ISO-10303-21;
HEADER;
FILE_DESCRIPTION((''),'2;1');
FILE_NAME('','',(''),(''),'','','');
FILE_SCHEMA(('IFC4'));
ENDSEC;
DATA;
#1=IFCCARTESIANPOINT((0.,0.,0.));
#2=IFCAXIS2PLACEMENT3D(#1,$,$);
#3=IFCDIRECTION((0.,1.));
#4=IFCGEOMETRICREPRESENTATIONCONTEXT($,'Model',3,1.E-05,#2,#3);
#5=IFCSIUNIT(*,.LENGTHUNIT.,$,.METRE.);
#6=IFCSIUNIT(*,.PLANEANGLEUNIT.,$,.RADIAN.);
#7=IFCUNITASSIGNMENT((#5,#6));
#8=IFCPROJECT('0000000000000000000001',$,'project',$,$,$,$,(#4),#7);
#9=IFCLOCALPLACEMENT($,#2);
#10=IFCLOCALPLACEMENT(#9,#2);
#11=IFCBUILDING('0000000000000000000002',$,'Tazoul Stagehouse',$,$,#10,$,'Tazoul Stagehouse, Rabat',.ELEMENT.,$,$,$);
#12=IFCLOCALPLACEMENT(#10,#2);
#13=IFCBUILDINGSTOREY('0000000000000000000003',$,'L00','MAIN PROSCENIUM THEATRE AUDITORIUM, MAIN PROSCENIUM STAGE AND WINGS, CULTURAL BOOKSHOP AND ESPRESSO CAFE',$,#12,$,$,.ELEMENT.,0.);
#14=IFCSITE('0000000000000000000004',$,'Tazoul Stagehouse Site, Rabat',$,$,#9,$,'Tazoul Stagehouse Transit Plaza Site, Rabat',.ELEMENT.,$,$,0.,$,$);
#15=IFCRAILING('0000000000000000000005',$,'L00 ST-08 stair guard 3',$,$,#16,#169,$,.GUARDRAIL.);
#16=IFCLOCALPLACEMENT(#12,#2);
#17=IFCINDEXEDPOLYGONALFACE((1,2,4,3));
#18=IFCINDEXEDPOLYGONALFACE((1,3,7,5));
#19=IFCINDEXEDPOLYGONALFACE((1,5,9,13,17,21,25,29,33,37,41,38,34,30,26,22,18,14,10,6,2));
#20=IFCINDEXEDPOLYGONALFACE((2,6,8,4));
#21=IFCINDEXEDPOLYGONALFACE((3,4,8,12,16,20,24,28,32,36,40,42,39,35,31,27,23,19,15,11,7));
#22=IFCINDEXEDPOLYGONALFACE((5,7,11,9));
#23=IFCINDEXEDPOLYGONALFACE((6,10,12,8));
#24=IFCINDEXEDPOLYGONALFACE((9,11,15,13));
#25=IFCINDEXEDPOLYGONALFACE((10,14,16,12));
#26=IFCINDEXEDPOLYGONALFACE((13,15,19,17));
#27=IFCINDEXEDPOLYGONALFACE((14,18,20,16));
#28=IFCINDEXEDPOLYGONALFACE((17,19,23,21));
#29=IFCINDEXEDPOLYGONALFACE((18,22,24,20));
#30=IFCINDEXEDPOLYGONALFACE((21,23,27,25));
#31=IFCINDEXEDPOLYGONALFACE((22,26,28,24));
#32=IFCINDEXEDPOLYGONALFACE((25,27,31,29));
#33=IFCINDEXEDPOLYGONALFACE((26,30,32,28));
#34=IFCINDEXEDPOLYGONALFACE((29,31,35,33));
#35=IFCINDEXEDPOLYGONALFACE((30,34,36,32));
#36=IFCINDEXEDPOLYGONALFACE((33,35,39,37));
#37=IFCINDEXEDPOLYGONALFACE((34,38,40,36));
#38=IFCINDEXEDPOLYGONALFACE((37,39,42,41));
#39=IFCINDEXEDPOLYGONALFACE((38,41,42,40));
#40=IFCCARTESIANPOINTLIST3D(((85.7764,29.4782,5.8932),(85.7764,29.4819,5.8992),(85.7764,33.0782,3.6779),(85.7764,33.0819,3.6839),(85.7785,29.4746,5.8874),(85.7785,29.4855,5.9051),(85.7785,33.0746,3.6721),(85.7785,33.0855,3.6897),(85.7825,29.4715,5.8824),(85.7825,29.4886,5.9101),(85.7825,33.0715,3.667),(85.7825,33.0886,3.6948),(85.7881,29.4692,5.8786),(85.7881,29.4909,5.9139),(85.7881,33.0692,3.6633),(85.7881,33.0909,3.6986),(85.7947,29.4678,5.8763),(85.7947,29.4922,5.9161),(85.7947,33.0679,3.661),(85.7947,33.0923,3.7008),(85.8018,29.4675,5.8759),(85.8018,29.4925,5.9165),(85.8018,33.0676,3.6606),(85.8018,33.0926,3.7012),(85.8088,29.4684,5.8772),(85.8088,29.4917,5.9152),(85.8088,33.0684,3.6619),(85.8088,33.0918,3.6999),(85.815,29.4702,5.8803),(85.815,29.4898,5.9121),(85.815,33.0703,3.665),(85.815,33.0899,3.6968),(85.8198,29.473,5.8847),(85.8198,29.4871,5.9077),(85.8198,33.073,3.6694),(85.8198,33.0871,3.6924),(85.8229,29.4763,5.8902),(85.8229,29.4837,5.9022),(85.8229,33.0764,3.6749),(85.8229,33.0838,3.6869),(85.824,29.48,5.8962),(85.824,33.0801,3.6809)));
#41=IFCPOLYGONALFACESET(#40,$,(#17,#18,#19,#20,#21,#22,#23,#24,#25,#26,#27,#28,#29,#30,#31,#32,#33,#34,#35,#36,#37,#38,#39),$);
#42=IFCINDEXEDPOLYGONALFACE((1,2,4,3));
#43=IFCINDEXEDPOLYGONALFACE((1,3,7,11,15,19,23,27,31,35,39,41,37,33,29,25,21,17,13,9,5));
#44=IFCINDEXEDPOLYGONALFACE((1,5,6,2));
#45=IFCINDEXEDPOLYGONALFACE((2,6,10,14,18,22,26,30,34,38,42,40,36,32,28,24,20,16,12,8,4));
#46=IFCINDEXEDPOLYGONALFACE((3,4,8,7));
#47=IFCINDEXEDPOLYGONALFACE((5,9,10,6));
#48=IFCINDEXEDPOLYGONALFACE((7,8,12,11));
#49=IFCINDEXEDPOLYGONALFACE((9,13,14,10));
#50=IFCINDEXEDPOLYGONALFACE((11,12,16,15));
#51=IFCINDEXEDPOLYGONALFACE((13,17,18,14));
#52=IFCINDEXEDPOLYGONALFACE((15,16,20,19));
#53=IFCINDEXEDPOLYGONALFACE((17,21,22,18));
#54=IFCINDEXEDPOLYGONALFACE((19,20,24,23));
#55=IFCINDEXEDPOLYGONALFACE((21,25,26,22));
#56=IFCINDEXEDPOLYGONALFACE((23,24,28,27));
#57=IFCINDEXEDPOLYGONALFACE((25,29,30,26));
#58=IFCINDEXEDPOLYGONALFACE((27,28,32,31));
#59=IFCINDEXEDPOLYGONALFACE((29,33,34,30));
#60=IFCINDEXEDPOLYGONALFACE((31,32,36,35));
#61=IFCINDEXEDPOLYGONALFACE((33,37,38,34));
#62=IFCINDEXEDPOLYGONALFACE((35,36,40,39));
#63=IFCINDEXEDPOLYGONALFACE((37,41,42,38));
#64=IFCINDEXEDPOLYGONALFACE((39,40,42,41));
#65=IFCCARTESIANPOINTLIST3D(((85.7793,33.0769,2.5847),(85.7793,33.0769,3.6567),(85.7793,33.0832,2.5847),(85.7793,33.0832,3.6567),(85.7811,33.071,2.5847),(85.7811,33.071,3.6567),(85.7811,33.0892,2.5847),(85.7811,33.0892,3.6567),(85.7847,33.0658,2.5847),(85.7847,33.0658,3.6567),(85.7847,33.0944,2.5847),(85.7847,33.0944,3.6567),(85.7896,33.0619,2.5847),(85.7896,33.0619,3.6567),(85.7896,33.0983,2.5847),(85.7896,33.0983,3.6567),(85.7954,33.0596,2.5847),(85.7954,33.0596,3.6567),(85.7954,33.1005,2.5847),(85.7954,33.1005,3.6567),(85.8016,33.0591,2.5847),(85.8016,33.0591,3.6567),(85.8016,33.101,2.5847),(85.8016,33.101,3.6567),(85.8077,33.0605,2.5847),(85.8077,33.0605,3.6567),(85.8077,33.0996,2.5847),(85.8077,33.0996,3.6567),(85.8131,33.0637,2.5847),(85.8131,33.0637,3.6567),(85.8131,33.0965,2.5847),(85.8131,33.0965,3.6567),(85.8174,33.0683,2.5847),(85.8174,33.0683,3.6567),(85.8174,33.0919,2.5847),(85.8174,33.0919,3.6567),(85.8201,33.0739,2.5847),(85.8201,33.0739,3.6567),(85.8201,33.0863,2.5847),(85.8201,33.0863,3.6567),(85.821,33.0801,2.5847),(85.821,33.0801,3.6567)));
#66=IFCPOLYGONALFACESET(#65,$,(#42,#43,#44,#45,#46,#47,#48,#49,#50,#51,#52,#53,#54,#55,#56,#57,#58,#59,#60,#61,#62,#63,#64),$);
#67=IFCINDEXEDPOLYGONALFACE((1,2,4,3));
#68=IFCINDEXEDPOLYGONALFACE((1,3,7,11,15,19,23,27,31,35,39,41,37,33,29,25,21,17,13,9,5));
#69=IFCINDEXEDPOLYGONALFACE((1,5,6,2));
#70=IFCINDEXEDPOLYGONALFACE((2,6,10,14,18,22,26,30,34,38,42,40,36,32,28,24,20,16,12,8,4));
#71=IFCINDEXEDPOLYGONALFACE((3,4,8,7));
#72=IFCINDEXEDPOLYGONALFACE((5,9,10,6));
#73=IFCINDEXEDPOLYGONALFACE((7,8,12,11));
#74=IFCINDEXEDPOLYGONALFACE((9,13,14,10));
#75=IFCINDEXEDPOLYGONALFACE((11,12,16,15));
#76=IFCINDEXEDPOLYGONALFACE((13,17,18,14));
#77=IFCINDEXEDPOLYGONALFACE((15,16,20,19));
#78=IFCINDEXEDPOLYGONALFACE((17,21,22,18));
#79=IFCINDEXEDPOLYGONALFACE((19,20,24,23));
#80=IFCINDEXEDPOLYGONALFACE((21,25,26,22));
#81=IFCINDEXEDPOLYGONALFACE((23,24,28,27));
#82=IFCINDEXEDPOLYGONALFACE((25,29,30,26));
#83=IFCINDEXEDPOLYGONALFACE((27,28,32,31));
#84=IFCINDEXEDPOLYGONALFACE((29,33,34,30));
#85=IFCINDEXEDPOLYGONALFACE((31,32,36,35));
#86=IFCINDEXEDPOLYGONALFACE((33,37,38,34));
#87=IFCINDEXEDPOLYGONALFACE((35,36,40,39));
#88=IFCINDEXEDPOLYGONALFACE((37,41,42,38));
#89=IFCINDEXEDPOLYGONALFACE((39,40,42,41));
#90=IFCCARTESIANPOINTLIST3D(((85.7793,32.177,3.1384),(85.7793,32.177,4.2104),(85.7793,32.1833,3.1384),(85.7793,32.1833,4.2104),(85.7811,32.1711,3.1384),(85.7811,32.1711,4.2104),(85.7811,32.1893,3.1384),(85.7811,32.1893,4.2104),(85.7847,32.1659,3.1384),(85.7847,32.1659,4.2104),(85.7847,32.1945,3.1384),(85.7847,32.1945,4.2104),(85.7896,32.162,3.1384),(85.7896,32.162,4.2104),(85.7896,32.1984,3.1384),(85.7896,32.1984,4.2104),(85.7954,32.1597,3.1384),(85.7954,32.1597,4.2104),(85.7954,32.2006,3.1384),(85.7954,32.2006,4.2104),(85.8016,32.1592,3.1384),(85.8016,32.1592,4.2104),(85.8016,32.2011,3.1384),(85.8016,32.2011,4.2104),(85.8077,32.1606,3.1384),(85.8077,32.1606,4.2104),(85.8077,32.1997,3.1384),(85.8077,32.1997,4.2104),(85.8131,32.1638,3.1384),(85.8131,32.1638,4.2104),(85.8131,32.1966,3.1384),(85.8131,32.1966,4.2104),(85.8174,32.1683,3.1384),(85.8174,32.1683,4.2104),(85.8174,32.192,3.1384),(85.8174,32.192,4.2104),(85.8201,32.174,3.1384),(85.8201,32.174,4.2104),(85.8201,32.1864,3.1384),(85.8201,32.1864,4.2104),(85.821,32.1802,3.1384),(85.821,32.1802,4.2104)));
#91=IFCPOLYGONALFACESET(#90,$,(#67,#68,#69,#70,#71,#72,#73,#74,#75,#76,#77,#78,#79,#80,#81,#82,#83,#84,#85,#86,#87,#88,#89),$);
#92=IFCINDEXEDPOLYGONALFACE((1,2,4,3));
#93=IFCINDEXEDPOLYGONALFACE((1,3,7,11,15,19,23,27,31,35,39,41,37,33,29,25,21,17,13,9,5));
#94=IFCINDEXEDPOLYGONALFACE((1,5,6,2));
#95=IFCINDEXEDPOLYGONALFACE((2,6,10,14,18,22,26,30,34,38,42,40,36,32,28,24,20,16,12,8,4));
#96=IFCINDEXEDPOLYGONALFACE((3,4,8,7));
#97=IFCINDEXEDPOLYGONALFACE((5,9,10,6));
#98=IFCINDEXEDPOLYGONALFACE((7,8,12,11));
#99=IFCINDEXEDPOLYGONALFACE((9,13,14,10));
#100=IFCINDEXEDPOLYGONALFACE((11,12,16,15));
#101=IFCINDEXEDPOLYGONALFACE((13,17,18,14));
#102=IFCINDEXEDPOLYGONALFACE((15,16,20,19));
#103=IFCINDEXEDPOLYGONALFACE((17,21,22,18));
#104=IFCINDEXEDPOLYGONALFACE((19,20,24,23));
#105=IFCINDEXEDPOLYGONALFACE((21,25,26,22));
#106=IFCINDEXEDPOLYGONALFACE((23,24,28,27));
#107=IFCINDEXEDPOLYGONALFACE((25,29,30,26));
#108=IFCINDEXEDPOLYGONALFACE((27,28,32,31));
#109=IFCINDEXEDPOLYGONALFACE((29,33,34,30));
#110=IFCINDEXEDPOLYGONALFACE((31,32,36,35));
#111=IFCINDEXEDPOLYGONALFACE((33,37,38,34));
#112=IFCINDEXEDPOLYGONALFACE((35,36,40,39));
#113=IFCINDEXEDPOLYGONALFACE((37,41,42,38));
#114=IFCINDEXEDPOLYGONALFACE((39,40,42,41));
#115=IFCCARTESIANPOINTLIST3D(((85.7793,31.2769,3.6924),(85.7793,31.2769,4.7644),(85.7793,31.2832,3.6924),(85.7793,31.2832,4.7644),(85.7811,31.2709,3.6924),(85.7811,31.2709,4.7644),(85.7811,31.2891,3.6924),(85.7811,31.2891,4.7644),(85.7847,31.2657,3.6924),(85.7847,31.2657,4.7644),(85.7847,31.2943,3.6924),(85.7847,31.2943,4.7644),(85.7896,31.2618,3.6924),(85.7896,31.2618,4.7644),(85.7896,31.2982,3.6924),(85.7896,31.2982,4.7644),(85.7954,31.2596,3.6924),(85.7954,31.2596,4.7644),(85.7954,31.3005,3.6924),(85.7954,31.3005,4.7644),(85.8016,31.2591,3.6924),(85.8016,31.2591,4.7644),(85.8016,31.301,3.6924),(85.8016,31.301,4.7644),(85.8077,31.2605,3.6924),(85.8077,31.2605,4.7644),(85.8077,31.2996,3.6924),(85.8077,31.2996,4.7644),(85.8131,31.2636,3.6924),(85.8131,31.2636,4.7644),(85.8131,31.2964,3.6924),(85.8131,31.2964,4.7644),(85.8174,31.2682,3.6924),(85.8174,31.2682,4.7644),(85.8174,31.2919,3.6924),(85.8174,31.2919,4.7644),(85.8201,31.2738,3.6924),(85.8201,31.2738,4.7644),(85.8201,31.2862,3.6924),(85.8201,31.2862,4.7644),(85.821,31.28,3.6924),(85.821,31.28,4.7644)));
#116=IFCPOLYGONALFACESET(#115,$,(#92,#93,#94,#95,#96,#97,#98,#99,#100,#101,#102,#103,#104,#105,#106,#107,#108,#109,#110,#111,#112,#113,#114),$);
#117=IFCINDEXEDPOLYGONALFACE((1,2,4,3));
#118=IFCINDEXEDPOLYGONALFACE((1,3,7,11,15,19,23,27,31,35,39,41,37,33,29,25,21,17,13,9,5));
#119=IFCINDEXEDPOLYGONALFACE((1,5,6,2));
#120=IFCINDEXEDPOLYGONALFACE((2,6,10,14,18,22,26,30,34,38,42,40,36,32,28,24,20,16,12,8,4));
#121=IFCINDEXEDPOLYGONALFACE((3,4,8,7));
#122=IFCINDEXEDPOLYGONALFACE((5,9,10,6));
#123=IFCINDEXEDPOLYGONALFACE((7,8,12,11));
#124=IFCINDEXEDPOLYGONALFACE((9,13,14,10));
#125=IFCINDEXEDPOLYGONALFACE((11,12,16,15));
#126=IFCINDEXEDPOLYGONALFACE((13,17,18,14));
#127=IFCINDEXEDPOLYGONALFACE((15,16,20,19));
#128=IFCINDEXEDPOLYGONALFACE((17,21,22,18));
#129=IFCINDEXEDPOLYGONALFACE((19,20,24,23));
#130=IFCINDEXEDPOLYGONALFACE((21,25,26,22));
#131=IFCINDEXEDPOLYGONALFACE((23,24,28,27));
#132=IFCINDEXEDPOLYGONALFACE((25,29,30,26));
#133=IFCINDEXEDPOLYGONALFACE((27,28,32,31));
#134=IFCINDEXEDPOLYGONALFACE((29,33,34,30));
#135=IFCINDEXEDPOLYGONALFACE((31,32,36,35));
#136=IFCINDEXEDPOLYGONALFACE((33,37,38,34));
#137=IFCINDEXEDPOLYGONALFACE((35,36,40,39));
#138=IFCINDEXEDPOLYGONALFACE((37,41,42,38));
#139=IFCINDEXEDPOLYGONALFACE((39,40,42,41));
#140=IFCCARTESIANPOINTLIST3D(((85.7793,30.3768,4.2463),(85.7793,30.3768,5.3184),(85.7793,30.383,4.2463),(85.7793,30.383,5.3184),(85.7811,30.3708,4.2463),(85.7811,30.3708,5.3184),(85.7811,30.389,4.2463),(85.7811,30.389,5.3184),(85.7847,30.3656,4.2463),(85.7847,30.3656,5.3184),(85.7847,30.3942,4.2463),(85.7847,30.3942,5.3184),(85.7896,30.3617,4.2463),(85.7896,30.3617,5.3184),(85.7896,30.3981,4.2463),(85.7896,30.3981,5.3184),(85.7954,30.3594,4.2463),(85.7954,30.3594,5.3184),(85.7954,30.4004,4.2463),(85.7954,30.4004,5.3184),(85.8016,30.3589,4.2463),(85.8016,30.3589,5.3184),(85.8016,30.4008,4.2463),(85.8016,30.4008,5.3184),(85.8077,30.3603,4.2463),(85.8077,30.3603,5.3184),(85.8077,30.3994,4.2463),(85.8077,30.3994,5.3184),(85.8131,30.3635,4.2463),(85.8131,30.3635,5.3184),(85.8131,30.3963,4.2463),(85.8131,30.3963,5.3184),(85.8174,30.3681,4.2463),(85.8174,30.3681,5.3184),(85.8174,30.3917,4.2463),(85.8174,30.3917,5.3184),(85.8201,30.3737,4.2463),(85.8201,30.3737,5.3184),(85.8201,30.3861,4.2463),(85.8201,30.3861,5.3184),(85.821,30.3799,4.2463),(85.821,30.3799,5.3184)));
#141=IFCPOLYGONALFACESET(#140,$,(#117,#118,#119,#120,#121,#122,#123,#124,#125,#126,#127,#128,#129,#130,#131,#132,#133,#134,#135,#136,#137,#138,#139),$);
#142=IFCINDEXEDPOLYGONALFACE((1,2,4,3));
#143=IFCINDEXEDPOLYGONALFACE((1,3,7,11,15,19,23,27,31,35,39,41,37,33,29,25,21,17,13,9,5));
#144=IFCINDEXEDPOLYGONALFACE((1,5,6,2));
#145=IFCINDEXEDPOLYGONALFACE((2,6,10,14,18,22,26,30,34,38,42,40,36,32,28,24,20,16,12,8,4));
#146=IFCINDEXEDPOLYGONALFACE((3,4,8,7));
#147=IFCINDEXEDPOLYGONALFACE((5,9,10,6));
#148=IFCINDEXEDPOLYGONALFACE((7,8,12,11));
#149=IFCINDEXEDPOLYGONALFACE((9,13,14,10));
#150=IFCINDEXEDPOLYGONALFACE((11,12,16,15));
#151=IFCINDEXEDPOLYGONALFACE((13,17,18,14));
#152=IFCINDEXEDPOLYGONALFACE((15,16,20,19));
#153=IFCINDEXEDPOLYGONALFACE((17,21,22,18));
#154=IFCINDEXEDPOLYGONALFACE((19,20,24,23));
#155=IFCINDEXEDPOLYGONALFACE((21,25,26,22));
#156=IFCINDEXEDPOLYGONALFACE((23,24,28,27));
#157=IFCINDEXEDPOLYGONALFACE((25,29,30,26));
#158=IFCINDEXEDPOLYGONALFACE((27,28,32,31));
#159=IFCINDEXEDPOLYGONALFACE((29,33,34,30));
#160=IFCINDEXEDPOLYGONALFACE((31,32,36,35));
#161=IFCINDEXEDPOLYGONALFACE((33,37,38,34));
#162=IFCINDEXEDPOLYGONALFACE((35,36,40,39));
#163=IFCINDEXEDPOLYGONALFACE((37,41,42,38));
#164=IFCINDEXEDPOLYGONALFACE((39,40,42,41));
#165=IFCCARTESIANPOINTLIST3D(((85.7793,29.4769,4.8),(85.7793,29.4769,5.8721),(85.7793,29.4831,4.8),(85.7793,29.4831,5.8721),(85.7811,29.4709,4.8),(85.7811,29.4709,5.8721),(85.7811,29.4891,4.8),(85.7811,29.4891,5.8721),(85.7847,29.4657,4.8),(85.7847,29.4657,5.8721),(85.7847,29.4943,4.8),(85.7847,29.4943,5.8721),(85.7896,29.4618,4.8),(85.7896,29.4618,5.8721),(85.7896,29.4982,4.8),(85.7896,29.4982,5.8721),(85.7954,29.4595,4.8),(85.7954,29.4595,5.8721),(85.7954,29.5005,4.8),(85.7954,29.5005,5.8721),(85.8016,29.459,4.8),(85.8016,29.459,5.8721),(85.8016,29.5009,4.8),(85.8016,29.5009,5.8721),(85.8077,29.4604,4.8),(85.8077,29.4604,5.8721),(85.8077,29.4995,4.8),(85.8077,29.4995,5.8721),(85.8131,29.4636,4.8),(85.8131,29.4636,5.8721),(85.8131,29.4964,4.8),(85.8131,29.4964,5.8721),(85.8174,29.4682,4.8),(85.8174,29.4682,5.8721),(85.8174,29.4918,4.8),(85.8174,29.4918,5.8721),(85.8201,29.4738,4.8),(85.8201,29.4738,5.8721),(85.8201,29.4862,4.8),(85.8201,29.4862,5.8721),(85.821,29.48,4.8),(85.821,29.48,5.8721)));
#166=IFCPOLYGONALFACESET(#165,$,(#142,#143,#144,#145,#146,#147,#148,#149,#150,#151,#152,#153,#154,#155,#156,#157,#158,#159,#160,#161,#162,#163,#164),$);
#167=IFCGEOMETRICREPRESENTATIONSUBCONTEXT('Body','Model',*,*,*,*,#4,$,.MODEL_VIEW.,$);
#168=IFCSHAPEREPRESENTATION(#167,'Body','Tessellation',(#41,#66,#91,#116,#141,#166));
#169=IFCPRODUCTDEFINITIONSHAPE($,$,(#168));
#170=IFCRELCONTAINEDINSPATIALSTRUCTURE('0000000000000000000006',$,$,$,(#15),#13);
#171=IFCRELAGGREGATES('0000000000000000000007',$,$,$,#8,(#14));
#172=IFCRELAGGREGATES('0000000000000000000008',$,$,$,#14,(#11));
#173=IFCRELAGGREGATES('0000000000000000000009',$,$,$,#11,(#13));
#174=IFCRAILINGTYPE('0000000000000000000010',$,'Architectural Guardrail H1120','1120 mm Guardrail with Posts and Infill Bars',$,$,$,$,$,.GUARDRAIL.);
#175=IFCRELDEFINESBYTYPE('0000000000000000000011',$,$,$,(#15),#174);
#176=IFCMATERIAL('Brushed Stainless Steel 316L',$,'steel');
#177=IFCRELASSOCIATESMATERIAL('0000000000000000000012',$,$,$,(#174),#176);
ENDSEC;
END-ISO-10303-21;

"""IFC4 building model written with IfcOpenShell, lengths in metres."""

from ifc_helpers import new_model, si_unit, direction, frame, origin, origin_2d, place, context, subcontext, project, spatial, circle, extrude, material, material_profile, profile_set, type_object, element, save


model = new_model("IFC4")

# Units and contexts
model_context = context("Model", 3, precision=1e-05, world=origin(), true_north=direction((0.0, 1.0)))
body_context = subcontext(model_context, "Body", "Model", "MODEL_VIEW")
ifc_project = project(units=[si_unit("LENGTHUNIT", "METRE"), si_unit("PLANEANGLEUNIT", "RADIAN")], contexts=[model_context])

# Site, building, storey
site_placement = place(None, origin())
site = spatial("IfcSite", under=ifc_project, at=site_placement, Name="Tazoul Stagehouse Site, Rabat", LongName="Tazoul Stagehouse Transit Plaza Site, Rabat", CompositionType="ELEMENT", RefElevation=0.0)
building_placement = place(site_placement, origin())
building = spatial("IfcBuilding", under=site, at=building_placement, Name="Tazoul Stagehouse", LongName="Tazoul Stagehouse, Rabat", CompositionType="ELEMENT")
storey_placement = place(building_placement, origin())
storey = spatial("IfcBuildingStorey", under=building, at=storey_placement, Name="L00", Description="MAIN PROSCENIUM THEATRE AUDITORIUM, MAIN PROSCENIUM STAGE AND WINGS, CULTURAL BOOKSHOP AND ESPRESSO CAFE", CompositionType="ELEMENT", Elevation=0.0)

# Railing
ifc_material_1 = material(Name="Brushed Stainless Steel 316L", Category="steel")
ifc_material_profile_1 = material_profile(ifc_material_1, circle(Radius=0.0239, at=origin_2d()), Name="SS RAIL D48")
ifc_profile_set_1 = profile_set([ifc_material_profile_1], Name="Brushed Stainless Steel 316L")
railing_type_1 = type_object("IfcRailingType", Name="Architectural Guardrail H1120", Description="1120 mm Guardrail with Posts and Infill Bars", PredefinedType="GUARDRAIL", material=ifc_profile_set_1)
railing_1_placement = place(storey_placement, frame((85.8, 33.0801, 2.5847)))
element("IfcRailing", 1, at=railing_1_placement, inside=storey, type_object=railing_type_1, Name="L00 ST-08 stair guard 3", PredefinedType="GUARDRAIL", context=body_context, shape_type="SweptSolid", body=[
    extrude(circle(Radius=0.0239, at=origin_2d()), frame((0.0, 0.0, 1.0962), z_axis=(0.0, -0.85167, 0.524078), x_axis=(1.0, 0.0, 0.0)), (0.0, 0.0, 1.0), 4.2271),
    extrude(circle(Radius=0.021, at=origin_2d()), origin(), (0.0, 0.0, 1.0), 1.072),
    extrude(circle(Radius=0.021, at=origin_2d()), frame((0.0, -0.8999, 0.5537)), (0.0, 0.0, 1.0), 1.072),
    extrude(circle(Radius=0.021, at=origin_2d()), frame((0.0, -1.8, 1.1077)), (0.0, 0.0, 1.0), 1.072),
    extrude(circle(Radius=0.021, at=origin_2d()), frame((0.0, -2.7002, 1.6616)), (0.0, 0.0, 1.0), 1.072),
    extrude(circle(Radius=0.021, at=origin_2d()), frame((0.0, -3.6001, 2.2153)), (0.0, 0.0, 1.0), 1.072),
])

save(model, "model.ifc")
